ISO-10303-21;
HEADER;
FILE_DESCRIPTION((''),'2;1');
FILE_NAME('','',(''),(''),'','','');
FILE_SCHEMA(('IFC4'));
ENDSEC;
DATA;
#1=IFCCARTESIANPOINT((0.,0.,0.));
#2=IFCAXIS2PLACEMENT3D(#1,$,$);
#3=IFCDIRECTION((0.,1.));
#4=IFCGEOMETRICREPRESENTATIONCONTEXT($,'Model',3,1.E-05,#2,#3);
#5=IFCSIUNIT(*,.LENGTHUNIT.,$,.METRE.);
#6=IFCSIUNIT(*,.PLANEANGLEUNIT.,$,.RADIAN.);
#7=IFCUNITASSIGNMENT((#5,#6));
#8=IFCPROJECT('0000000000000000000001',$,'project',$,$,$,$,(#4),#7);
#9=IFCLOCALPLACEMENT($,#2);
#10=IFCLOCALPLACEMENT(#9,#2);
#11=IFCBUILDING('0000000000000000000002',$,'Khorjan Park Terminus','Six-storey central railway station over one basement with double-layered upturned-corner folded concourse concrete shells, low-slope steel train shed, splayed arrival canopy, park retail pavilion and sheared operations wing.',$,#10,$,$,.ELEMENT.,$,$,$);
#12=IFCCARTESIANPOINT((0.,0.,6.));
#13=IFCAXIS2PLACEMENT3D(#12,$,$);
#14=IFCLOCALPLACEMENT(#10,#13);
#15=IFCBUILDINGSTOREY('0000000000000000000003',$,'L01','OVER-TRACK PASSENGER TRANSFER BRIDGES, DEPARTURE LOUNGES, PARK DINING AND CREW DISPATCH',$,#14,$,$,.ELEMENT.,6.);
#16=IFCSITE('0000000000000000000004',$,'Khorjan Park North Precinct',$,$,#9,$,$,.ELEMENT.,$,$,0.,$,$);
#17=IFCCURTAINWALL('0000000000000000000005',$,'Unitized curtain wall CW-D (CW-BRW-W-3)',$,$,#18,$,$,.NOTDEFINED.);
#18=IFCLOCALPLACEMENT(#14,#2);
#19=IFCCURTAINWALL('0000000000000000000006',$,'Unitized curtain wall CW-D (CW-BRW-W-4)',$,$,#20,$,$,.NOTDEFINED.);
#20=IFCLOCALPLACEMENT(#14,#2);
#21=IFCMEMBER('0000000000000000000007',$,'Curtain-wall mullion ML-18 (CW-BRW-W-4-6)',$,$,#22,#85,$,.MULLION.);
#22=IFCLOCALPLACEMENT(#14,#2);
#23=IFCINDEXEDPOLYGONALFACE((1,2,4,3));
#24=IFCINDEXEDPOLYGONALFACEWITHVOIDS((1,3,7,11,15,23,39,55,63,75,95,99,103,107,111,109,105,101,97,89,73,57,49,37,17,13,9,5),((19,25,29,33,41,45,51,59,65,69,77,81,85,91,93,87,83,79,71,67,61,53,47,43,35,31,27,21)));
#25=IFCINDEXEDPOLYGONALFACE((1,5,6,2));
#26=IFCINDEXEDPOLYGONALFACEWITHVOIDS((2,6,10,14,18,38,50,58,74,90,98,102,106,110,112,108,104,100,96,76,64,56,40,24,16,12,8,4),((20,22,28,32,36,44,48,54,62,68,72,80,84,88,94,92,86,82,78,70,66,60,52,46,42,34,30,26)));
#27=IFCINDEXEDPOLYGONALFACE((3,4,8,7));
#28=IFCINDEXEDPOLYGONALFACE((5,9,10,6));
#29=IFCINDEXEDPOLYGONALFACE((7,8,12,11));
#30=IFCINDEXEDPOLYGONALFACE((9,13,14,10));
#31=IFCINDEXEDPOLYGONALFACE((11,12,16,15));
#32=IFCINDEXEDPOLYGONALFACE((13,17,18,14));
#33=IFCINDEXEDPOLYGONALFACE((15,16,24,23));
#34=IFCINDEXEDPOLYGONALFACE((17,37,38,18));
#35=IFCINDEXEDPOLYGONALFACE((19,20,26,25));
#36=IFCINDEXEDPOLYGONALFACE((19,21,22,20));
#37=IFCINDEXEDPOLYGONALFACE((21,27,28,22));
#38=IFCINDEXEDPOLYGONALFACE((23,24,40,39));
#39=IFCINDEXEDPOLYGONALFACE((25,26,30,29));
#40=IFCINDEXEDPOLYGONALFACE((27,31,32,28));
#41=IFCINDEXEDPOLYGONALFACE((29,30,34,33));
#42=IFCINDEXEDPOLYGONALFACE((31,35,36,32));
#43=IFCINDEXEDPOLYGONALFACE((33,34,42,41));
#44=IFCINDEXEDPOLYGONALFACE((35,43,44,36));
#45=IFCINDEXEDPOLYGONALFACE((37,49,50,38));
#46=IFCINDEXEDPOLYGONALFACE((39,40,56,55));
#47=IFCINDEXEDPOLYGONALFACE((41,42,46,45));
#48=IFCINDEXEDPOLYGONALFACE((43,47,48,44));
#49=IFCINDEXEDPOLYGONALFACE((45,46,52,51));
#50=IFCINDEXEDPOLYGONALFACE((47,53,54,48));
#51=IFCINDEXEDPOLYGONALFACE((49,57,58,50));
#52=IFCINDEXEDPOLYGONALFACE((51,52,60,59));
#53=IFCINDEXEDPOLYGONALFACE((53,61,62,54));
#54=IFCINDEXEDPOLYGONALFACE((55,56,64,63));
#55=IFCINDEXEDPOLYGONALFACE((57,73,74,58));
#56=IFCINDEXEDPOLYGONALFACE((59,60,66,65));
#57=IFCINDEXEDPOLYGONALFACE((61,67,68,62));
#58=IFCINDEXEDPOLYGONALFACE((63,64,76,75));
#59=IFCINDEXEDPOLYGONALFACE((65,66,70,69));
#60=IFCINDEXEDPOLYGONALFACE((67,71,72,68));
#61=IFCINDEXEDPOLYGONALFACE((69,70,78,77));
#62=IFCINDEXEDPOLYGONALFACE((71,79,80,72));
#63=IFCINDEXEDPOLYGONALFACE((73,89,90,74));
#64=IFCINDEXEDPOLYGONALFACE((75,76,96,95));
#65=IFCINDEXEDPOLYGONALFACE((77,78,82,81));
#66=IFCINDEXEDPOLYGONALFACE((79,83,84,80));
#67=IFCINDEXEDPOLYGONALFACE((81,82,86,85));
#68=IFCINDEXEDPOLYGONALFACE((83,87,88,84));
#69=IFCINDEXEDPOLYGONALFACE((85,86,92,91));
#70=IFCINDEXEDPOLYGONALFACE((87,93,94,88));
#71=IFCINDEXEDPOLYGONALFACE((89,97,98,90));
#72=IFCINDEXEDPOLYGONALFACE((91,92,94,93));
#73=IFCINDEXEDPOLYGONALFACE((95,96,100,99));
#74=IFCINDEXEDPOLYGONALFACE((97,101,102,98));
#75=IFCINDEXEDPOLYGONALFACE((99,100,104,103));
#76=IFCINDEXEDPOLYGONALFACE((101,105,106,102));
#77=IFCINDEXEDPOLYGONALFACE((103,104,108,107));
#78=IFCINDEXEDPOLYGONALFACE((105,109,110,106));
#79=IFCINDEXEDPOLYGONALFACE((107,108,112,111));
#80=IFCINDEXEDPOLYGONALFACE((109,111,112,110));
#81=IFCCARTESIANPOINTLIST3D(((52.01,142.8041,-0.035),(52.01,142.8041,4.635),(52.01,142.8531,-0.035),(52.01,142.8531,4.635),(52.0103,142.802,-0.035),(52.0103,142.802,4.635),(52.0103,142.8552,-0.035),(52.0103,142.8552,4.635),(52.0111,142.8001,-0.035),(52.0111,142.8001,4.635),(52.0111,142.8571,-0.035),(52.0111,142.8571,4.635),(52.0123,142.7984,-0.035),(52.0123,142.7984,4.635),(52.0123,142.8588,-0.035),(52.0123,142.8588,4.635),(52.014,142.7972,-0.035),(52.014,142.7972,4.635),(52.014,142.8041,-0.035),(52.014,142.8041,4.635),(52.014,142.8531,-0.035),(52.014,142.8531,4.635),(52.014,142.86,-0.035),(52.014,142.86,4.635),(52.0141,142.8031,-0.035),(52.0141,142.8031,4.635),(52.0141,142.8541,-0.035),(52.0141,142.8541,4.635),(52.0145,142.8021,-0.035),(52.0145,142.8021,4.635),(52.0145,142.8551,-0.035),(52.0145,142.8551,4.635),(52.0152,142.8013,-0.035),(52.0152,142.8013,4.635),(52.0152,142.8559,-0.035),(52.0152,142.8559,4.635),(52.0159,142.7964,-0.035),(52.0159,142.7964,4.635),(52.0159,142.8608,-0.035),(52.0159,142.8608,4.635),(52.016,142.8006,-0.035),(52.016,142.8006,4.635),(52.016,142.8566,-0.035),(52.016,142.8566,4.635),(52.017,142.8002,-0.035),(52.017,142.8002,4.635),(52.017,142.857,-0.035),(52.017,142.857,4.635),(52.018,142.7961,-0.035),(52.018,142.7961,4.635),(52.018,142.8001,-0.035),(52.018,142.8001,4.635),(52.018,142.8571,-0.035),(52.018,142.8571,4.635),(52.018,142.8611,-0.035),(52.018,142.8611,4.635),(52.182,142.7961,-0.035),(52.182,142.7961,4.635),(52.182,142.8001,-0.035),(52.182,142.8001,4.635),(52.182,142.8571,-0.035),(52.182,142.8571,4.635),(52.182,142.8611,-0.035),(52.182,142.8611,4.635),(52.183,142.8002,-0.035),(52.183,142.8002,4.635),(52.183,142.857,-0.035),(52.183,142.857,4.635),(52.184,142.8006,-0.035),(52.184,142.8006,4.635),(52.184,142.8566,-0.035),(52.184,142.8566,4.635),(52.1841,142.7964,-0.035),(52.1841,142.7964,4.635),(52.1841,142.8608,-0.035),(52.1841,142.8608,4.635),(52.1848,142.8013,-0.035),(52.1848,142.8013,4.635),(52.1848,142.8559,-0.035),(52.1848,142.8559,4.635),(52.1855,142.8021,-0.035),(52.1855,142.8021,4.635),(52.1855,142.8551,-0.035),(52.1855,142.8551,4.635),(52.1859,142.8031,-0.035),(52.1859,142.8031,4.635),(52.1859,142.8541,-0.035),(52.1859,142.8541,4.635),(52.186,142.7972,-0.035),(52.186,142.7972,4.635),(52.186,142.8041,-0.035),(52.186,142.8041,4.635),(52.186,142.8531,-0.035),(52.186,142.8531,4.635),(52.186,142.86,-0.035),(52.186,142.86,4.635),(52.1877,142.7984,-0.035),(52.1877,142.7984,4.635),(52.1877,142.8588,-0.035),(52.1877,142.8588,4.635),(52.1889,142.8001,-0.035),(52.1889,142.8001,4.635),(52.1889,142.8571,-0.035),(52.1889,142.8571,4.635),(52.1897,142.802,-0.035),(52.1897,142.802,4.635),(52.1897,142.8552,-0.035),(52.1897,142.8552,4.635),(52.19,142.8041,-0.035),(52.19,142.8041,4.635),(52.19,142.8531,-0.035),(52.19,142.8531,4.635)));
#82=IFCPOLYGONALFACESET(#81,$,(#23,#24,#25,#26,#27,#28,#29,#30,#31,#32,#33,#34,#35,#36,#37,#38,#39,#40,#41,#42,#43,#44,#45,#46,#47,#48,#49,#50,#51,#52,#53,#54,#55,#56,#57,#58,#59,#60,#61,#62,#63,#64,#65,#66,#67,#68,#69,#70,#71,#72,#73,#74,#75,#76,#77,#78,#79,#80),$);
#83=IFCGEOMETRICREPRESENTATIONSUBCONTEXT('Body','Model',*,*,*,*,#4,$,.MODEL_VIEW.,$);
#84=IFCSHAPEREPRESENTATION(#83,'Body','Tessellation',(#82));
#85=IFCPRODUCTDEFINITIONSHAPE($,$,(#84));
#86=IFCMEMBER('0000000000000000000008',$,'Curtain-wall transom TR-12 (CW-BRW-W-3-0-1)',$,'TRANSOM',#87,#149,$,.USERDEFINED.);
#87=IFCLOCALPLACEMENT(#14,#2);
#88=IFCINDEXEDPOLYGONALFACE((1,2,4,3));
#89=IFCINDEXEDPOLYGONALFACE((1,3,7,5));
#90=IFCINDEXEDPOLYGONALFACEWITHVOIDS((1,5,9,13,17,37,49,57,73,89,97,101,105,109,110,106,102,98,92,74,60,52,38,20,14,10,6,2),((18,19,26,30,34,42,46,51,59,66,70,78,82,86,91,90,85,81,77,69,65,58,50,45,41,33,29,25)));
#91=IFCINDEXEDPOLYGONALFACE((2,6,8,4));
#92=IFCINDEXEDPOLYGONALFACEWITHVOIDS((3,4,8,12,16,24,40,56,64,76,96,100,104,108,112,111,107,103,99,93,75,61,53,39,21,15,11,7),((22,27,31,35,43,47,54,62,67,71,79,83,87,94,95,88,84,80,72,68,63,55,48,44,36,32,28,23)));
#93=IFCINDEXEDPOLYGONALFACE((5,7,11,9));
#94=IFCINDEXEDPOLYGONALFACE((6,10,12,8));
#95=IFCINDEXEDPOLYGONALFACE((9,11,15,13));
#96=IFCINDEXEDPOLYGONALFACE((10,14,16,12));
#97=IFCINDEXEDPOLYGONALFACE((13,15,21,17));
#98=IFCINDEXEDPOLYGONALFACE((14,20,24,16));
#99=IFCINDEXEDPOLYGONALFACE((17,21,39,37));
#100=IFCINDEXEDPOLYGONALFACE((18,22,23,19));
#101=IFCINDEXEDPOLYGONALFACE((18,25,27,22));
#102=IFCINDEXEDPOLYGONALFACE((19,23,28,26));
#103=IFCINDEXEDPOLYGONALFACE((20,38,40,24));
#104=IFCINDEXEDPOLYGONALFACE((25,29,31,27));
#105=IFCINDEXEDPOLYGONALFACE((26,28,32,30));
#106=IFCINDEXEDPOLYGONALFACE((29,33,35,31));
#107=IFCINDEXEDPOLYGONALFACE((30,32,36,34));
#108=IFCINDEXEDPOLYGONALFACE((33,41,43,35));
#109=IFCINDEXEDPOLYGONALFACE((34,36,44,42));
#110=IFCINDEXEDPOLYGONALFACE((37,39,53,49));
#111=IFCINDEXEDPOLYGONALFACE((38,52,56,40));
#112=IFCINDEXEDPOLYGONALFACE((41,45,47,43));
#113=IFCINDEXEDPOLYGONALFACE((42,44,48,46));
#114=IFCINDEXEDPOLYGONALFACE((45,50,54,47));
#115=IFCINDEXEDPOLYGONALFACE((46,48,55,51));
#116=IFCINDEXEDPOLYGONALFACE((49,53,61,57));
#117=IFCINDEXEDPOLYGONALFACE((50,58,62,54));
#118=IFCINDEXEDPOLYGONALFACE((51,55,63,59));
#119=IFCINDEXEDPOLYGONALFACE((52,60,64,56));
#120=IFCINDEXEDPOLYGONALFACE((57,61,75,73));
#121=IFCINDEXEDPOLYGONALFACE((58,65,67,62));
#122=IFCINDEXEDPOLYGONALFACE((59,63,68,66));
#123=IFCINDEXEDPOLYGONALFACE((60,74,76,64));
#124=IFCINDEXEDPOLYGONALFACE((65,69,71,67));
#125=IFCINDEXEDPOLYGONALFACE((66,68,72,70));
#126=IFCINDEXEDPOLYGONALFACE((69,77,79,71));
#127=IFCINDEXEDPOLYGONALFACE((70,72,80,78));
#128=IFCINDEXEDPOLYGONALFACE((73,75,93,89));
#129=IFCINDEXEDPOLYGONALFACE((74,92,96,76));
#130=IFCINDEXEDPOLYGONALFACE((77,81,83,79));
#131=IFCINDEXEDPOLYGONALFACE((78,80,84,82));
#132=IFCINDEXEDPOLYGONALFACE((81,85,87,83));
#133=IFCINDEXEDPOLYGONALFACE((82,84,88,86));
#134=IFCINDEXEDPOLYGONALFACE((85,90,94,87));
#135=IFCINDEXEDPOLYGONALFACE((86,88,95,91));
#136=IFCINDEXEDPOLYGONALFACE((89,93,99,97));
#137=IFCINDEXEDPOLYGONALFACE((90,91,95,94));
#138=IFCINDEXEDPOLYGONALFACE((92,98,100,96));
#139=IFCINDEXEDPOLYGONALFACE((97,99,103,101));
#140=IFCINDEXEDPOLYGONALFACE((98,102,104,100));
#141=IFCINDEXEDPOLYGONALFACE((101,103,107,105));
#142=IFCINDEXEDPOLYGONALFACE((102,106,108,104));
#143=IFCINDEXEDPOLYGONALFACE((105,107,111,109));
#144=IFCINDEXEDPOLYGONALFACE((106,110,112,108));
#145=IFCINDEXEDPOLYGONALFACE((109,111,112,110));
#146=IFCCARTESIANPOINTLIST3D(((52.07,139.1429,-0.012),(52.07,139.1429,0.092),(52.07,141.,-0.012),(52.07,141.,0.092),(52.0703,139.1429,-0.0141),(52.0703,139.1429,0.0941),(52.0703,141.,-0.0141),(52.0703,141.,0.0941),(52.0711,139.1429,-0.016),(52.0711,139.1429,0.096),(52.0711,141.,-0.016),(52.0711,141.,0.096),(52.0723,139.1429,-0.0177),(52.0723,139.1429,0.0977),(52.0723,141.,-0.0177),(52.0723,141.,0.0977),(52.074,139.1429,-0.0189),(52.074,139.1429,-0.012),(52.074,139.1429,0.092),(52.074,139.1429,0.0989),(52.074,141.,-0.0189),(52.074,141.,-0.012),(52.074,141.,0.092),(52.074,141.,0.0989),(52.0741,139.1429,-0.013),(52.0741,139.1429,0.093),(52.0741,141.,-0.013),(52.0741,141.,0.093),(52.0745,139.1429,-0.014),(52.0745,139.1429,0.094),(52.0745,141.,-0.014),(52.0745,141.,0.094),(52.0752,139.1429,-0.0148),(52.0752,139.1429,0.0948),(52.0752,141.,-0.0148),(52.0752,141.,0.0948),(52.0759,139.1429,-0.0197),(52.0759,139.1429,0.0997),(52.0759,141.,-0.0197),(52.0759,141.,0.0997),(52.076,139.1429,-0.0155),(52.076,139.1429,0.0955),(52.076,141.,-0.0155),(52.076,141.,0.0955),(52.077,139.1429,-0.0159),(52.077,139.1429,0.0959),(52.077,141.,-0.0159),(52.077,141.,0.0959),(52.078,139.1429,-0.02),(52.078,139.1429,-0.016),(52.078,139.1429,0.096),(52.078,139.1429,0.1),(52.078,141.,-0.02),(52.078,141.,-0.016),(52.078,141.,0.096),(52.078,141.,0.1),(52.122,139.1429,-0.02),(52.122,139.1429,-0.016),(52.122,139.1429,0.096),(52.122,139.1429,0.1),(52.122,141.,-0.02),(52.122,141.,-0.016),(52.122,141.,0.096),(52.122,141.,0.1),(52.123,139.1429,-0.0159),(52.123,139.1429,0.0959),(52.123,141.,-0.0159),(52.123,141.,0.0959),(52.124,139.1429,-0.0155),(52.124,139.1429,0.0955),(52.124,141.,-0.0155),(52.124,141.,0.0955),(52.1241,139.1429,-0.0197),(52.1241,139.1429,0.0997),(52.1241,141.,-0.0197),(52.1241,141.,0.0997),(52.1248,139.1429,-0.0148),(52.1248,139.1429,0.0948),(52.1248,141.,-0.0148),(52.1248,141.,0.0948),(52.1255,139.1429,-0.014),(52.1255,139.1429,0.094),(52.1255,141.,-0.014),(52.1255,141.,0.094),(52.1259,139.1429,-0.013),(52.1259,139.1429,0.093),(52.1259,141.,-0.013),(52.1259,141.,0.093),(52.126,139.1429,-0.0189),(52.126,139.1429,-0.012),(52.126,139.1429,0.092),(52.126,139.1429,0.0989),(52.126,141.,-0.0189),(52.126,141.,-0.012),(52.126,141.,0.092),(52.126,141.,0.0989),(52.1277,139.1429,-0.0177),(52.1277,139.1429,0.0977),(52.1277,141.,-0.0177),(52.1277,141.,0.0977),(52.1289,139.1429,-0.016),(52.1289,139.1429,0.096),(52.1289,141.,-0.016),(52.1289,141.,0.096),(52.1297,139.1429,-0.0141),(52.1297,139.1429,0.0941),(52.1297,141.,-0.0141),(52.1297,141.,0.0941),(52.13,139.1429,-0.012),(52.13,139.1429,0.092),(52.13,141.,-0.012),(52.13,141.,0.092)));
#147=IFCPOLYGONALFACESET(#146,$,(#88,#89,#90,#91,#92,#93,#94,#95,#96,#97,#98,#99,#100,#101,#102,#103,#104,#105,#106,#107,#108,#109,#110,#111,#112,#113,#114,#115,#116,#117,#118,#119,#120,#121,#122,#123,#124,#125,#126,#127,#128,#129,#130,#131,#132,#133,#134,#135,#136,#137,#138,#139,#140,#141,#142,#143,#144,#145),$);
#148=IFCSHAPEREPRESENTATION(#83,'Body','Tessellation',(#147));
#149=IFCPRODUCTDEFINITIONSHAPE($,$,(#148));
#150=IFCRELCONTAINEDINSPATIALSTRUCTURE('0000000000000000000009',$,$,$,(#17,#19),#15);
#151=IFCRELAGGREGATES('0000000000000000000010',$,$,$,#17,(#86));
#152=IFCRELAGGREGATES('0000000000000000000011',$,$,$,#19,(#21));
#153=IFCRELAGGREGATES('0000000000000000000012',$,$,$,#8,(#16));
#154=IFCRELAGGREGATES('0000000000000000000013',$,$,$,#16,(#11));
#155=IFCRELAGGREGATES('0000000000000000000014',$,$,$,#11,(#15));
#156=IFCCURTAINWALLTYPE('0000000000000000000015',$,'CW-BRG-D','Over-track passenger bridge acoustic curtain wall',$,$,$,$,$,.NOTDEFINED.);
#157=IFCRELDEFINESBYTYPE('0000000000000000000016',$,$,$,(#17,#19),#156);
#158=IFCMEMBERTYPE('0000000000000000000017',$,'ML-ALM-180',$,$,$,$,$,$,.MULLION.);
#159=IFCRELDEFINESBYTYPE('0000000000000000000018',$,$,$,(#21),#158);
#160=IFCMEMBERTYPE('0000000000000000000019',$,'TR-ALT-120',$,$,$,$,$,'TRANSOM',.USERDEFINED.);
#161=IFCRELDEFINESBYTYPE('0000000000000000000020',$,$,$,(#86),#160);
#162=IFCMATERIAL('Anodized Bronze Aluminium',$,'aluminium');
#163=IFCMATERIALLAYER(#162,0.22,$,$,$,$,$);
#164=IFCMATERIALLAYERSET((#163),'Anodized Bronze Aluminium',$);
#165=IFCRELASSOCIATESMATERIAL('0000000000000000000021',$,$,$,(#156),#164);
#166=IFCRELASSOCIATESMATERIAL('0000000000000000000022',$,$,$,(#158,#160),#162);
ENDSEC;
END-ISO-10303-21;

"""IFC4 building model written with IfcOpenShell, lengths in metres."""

from ifc_helpers import new_model, si_unit, direction, frame, origin, origin_2d, place, context, subcontext, project, spatial, hollow_rectangle, extrude, material, layer, layer_set, material_profile, profile_set, type_object, element, aggregate, save


model = new_model("IFC4")

# Units and contexts
model_context = context("Model", 3, precision=1e-05, world=origin(), true_north=direction((0.0, 1.0)))
body_context = subcontext(model_context, "Body", "Model", "MODEL_VIEW")
ifc_project = project(units=[si_unit("LENGTHUNIT", "METRE"), si_unit("PLANEANGLEUNIT", "RADIAN")], contexts=[model_context])

# Site, building, storey
site_placement = place(None, origin())
site = spatial("IfcSite", under=ifc_project, at=site_placement, Name="Khorjan Park North Precinct", CompositionType="ELEMENT", RefElevation=0.0)
building_placement = place(site_placement, origin())
building = spatial("IfcBuilding", under=site, at=building_placement, Name="Khorjan Park Terminus", Description="Six-storey central railway station over one basement with double-layered upturned-corner folded concourse concrete shells, low-slope steel train shed, splayed arrival canopy, park retail pavilion and sheared operations wing.", CompositionType="ELEMENT")
storey_placement = place(building_placement, frame((0.0, 0.0, 6.0)))
storey = spatial("IfcBuildingStorey", under=building, at=storey_placement, Name="L01", Description="OVER-TRACK PASSENGER TRANSFER BRIDGES, DEPARTURE LOUNGES, PARK DINING AND CREW DISPATCH", CompositionType="ELEMENT", Elevation=6.0)

# Curtain wall
ifc_material_1 = material(Name="Anodized Bronze Aluminium", Category="aluminium")
ifc_layer_1 = layer(ifc_material_1, 0.22)
ifc_layer_set_1 = layer_set([ifc_layer_1], Name="Anodized Bronze Aluminium")
curtain_wall_type = type_object("IfcCurtainWallType", Name="CW-BRG-D", Description="Over-track passenger bridge acoustic curtain wall", PredefinedType="NOTDEFINED", material=ifc_layer_set_1)
curtain_wall_1_placement = place(storey_placement, origin())
curtain_wall_1 = element("IfcCurtainWall", 1, at=curtain_wall_1_placement, inside=storey, type_object=curtain_wall_type, Name="Unitized curtain wall CW-D (CW-BRW-W-3)", PredefinedType="NOTDEFINED")
ifc_material_profile_1 = material_profile(ifc_material_1, hollow_rectangle(XDim=0.065, YDim=0.18, WallThickness=0.004, InnerFilletRadius=0.004, OuterFilletRadius=0.008, at=origin_2d()), Name="ALM 65x180x4")
ifc_profile_set_1 = profile_set([ifc_material_profile_1], Name="Anodized Bronze Aluminium")
member_type_1 = type_object("IfcMemberType", Name="ML-ALM-180", PredefinedType="MULLION", material=ifc_profile_set_1)

# Curtain wall, member
curtain_wall_2_placement = place(storey_placement, origin())
curtain_wall_2 = element("IfcCurtainWall", 2, at=curtain_wall_2_placement, inside=storey, type_object=curtain_wall_type, Name="Unitized curtain wall CW-D (CW-BRW-W-4)", PredefinedType="NOTDEFINED")
member_1_placement = place(storey_placement, frame((52.1, 142.8286, -0.035), z_axis=(0.0, 0.0, 1.0), x_axis=(0.0, -1.0, 0.0)))
member_1 = element("IfcMember", 3, at=member_1_placement, type_object=member_type_1, Name="Curtain-wall mullion ML-18 (CW-BRW-W-4-6)", PredefinedType="MULLION", context=body_context, shape_type="SweptSolid", body=[
    extrude(hollow_rectangle(XDim=0.065, YDim=0.18, WallThickness=0.004, InnerFilletRadius=0.004, OuterFilletRadius=0.008, at=origin_2d()), origin(), (0.0, 0.0, 1.0), 4.67),
])

# Member
ifc_material_profile_2 = material_profile(ifc_material_1, hollow_rectangle(XDim=0.06, YDim=0.12, WallThickness=0.004, InnerFilletRadius=0.004, OuterFilletRadius=0.008, at=origin_2d()), Name="ALT 60x120x4")
ifc_profile_set_2 = profile_set([ifc_material_profile_2], Name="Anodized Bronze Aluminium")
member_type_2 = type_object("IfcMemberType", Name="TR-ALT-120", ElementType="TRANSOM", PredefinedType="USERDEFINED", material=ifc_profile_set_2)
member_2_placement = place(storey_placement, frame((52.1, 141.0, 0.04), z_axis=(0.0, -1.0, 0.0), x_axis=(1.0, 0.0, 0.0)))
member_2 = element("IfcMember", 4, at=member_2_placement, type_object=member_type_2, Name="Curtain-wall transom TR-12 (CW-BRW-W-3-0-1)", ObjectType="TRANSOM", PredefinedType="USERDEFINED", context=body_context, shape_type="SweptSolid", body=[
    extrude(hollow_rectangle(XDim=0.06, YDim=0.12, WallThickness=0.004, InnerFilletRadius=0.004, OuterFilletRadius=0.008, at=origin_2d()), origin(), (0.0, 0.0, 1.0), 1.8571),
])

aggregate(curtain_wall_1, [member_2])
aggregate(curtain_wall_2, [member_1])

save(model, "model.ifc")
